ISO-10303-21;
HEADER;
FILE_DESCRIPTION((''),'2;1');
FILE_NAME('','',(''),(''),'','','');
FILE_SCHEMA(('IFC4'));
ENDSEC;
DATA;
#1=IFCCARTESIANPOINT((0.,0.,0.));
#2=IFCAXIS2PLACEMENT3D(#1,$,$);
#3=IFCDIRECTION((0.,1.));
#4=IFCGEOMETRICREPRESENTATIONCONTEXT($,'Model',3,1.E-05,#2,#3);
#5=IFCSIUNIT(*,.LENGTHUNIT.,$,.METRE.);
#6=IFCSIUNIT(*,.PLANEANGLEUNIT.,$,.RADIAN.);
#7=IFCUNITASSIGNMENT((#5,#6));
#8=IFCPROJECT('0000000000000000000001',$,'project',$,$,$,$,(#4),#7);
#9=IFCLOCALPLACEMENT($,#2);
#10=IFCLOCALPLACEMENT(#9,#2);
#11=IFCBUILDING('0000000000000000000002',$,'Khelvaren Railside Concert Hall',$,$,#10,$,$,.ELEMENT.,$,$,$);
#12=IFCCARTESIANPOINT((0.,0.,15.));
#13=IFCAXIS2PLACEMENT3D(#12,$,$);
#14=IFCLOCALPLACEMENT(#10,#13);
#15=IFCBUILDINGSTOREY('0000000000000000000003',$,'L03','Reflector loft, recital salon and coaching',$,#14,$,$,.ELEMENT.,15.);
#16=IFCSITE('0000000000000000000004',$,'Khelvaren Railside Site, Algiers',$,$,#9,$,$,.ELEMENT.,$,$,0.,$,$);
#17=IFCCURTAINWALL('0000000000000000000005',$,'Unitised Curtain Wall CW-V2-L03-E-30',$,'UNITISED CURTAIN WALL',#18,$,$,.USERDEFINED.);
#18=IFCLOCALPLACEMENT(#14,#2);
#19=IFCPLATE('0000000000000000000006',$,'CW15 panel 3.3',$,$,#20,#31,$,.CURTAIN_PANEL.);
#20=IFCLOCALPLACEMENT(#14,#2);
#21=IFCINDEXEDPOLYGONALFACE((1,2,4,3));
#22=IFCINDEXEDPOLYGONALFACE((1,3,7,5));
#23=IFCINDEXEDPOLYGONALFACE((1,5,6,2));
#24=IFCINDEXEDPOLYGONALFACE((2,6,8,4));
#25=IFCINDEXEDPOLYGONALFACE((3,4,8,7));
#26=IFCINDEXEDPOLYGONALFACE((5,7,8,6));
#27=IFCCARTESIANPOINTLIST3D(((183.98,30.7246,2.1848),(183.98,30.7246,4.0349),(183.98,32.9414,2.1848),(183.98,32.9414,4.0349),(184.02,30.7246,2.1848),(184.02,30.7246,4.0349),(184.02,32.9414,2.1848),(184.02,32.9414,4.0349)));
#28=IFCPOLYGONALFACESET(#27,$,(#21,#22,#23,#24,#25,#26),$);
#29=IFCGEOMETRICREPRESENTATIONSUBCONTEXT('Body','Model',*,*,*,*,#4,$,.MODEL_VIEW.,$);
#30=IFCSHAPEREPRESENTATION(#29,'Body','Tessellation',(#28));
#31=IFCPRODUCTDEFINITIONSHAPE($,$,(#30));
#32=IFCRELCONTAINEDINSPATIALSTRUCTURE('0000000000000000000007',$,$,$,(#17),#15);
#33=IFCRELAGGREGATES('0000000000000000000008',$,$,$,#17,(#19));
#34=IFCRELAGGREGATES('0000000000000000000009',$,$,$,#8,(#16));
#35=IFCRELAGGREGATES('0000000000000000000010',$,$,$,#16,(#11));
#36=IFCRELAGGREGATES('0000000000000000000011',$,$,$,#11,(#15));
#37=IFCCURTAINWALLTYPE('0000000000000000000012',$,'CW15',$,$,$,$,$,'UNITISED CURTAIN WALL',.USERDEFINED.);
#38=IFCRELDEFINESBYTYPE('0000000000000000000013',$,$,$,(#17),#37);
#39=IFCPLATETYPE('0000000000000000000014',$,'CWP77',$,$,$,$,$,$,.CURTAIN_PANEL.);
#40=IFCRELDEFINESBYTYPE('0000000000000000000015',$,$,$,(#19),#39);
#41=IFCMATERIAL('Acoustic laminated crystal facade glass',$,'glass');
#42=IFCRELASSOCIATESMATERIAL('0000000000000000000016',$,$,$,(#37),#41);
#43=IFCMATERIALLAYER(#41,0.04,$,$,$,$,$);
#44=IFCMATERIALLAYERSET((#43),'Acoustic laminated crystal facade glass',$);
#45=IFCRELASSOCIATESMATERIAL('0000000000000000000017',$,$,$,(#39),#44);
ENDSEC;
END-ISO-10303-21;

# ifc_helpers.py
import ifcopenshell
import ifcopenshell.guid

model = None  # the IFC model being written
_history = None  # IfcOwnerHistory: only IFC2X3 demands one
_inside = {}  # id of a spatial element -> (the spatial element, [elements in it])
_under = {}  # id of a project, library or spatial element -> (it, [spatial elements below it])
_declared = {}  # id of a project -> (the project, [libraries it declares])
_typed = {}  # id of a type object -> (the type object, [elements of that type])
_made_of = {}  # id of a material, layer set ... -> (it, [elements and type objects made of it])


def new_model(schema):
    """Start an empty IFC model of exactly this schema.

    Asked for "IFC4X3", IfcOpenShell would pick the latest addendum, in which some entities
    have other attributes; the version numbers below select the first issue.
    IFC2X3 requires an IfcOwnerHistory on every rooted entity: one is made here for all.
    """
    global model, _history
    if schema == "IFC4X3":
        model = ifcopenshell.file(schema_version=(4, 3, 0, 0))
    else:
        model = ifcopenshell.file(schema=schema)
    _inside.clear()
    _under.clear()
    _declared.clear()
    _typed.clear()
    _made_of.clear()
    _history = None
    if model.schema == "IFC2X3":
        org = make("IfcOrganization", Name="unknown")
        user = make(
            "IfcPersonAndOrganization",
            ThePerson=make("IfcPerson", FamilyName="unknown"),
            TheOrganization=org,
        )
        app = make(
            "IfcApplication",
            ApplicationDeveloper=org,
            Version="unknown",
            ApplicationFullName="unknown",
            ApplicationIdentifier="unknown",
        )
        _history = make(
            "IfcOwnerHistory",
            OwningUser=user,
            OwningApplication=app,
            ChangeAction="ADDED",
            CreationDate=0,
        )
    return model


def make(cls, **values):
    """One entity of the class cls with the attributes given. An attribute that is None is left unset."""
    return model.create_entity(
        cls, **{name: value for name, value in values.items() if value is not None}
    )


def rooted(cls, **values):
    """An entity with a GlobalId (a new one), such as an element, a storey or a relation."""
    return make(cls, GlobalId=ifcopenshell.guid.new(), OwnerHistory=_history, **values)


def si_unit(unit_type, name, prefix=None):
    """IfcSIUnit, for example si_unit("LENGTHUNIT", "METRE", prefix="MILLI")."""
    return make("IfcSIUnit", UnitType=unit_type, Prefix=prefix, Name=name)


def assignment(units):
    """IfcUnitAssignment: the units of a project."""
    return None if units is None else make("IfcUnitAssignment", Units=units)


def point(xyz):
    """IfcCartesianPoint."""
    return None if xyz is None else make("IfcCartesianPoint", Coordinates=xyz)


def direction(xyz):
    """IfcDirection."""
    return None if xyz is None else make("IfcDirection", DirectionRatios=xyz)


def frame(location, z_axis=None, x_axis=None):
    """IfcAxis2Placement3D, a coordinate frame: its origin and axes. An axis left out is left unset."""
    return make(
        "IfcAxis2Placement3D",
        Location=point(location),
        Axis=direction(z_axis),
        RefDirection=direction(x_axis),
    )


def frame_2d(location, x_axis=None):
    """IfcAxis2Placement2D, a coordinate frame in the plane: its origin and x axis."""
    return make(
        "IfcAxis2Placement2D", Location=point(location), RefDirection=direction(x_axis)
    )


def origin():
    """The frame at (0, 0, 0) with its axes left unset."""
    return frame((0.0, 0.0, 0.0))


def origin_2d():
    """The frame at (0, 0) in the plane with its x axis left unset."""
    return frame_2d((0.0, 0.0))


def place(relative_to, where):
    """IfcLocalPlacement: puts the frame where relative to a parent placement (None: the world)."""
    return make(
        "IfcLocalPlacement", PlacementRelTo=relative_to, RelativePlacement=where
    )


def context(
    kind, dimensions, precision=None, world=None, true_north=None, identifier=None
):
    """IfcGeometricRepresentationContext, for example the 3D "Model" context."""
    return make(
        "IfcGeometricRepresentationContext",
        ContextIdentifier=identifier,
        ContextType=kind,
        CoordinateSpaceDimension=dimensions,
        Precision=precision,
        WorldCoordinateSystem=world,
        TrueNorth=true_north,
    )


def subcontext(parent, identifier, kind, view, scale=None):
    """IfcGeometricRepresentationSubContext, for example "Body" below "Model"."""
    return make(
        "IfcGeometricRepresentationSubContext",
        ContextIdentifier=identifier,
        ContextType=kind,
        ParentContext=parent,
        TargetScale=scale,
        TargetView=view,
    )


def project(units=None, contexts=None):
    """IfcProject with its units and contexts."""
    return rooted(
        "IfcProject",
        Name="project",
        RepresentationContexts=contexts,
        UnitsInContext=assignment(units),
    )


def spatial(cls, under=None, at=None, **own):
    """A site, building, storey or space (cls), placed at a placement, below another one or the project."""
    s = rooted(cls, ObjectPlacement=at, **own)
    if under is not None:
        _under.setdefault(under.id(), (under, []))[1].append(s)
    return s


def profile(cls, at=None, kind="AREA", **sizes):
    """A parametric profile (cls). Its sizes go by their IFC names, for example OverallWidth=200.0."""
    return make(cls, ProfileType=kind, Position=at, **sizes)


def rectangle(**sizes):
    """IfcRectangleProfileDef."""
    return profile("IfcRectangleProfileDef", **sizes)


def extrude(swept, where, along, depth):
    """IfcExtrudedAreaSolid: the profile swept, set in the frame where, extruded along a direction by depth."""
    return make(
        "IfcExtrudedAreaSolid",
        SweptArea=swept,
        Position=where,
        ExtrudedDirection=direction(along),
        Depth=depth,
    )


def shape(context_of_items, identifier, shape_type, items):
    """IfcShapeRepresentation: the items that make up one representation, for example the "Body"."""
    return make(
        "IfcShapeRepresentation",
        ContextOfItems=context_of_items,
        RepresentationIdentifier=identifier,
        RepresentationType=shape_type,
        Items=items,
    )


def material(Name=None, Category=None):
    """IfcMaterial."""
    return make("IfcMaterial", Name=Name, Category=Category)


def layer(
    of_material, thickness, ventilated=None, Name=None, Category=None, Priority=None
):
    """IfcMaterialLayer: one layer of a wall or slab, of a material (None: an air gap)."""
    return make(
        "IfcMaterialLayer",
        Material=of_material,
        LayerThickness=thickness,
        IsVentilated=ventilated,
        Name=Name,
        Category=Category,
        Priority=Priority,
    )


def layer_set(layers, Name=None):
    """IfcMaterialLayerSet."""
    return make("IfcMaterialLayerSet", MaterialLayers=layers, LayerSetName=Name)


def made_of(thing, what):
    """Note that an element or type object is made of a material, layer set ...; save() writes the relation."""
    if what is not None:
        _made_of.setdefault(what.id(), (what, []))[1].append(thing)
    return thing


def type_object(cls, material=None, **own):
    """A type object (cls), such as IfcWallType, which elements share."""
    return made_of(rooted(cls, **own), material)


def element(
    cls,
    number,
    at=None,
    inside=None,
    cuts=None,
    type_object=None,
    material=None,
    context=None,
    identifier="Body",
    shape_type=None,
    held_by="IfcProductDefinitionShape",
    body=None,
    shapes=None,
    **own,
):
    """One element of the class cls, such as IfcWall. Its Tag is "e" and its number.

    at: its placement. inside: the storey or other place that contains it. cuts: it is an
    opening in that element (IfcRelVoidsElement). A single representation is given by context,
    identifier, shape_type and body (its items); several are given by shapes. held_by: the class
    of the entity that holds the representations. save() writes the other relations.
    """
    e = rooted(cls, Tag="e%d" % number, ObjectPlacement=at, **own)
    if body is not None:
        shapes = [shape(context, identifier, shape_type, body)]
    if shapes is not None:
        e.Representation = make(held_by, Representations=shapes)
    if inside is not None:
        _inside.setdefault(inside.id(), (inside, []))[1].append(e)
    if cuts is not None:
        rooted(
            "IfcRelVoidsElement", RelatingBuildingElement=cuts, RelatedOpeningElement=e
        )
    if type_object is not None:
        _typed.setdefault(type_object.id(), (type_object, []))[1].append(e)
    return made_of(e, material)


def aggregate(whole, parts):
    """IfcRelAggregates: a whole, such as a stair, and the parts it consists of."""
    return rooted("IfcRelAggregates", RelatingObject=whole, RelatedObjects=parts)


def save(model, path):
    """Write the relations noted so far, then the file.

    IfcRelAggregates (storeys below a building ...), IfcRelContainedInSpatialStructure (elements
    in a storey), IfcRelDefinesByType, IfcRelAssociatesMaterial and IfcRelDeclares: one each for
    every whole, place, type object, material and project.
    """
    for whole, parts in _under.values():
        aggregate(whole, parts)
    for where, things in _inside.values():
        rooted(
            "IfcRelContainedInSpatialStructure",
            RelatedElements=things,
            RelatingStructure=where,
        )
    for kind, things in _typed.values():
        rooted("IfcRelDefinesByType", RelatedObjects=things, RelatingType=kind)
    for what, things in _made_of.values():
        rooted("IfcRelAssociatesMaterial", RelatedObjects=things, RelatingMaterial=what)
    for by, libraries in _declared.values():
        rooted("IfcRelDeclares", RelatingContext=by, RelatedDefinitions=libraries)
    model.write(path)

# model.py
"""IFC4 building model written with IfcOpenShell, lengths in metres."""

from ifc_helpers import new_model, si_unit, direction, frame, origin, origin_2d, place, context, subcontext, project, spatial, rectangle, extrude, material, layer, layer_set, type_object, element, aggregate, save


model = new_model("IFC4")

# Units and contexts
model_context = context("Model", 3, precision=1e-05, world=origin(), true_north=direction((0.0, 1.0)))
body_context = subcontext(model_context, "Body", "Model", "MODEL_VIEW")
ifc_project = project(units=[si_unit("LENGTHUNIT", "METRE"), si_unit("PLANEANGLEUNIT", "RADIAN")], contexts=[model_context])

# Site, building, storey
site_placement = place(None, origin())
site = spatial("IfcSite", under=ifc_project, at=site_placement, Name="Khelvaren Railside Site, Algiers", CompositionType="ELEMENT", RefElevation=0.0)
building_placement = place(site_placement, origin())
building = spatial("IfcBuilding", under=site, at=building_placement, Name="Khelvaren Railside Concert Hall", CompositionType="ELEMENT")
storey_placement = place(building_placement, frame((0.0, 0.0, 15.0)))
storey = spatial("IfcBuildingStorey", under=building, at=storey_placement, Name="L03", Description="Reflector loft, recital salon and coaching", CompositionType="ELEMENT", Elevation=15.0)

# Curtain wall
ifc_material_1 = material(Name="Acoustic laminated crystal facade glass", Category="glass")
curtain_wall_type_1 = type_object("IfcCurtainWallType", Name="CW15", ElementType="UNITISED CURTAIN WALL", PredefinedType="USERDEFINED", material=ifc_material_1)
curtain_wall_1_placement = place(storey_placement, origin())
curtain_wall_1 = element("IfcCurtainWall", 1, at=curtain_wall_1_placement, inside=storey, type_object=curtain_wall_type_1, Name="Unitised Curtain Wall CW-V2-L03-E-30", ObjectType="UNITISED CURTAIN WALL", PredefinedType="USERDEFINED")

# Plate
ifc_layer = layer(ifc_material_1, 0.04)
ifc_layer_set = layer_set([ifc_layer], Name="Acoustic laminated crystal facade glass")
plate_type = type_object("IfcPlateType", Name="CWP77", PredefinedType="CURTAIN_PANEL", material=ifc_layer_set)
plate_1_placement = place(storey_placement, frame((184.0, 31.833, 2.1848), z_axis=(0.0, 0.0, 1.0), x_axis=(0.0, -1.0, 0.0)))
plate_1 = element("IfcPlate", 2, at=plate_1_placement, type_object=plate_type, Name="CW15 panel 3.3", PredefinedType="CURTAIN_PANEL", context=body_context, shape_type="SweptSolid", body=[
    extrude(rectangle(XDim=2.2168, YDim=0.04, at=origin_2d()), origin(), (0.0, 0.0, 1.0), 1.8501),
])
aggregate(curtain_wall_1, [plate_1])

save(model, "model.ifc")
